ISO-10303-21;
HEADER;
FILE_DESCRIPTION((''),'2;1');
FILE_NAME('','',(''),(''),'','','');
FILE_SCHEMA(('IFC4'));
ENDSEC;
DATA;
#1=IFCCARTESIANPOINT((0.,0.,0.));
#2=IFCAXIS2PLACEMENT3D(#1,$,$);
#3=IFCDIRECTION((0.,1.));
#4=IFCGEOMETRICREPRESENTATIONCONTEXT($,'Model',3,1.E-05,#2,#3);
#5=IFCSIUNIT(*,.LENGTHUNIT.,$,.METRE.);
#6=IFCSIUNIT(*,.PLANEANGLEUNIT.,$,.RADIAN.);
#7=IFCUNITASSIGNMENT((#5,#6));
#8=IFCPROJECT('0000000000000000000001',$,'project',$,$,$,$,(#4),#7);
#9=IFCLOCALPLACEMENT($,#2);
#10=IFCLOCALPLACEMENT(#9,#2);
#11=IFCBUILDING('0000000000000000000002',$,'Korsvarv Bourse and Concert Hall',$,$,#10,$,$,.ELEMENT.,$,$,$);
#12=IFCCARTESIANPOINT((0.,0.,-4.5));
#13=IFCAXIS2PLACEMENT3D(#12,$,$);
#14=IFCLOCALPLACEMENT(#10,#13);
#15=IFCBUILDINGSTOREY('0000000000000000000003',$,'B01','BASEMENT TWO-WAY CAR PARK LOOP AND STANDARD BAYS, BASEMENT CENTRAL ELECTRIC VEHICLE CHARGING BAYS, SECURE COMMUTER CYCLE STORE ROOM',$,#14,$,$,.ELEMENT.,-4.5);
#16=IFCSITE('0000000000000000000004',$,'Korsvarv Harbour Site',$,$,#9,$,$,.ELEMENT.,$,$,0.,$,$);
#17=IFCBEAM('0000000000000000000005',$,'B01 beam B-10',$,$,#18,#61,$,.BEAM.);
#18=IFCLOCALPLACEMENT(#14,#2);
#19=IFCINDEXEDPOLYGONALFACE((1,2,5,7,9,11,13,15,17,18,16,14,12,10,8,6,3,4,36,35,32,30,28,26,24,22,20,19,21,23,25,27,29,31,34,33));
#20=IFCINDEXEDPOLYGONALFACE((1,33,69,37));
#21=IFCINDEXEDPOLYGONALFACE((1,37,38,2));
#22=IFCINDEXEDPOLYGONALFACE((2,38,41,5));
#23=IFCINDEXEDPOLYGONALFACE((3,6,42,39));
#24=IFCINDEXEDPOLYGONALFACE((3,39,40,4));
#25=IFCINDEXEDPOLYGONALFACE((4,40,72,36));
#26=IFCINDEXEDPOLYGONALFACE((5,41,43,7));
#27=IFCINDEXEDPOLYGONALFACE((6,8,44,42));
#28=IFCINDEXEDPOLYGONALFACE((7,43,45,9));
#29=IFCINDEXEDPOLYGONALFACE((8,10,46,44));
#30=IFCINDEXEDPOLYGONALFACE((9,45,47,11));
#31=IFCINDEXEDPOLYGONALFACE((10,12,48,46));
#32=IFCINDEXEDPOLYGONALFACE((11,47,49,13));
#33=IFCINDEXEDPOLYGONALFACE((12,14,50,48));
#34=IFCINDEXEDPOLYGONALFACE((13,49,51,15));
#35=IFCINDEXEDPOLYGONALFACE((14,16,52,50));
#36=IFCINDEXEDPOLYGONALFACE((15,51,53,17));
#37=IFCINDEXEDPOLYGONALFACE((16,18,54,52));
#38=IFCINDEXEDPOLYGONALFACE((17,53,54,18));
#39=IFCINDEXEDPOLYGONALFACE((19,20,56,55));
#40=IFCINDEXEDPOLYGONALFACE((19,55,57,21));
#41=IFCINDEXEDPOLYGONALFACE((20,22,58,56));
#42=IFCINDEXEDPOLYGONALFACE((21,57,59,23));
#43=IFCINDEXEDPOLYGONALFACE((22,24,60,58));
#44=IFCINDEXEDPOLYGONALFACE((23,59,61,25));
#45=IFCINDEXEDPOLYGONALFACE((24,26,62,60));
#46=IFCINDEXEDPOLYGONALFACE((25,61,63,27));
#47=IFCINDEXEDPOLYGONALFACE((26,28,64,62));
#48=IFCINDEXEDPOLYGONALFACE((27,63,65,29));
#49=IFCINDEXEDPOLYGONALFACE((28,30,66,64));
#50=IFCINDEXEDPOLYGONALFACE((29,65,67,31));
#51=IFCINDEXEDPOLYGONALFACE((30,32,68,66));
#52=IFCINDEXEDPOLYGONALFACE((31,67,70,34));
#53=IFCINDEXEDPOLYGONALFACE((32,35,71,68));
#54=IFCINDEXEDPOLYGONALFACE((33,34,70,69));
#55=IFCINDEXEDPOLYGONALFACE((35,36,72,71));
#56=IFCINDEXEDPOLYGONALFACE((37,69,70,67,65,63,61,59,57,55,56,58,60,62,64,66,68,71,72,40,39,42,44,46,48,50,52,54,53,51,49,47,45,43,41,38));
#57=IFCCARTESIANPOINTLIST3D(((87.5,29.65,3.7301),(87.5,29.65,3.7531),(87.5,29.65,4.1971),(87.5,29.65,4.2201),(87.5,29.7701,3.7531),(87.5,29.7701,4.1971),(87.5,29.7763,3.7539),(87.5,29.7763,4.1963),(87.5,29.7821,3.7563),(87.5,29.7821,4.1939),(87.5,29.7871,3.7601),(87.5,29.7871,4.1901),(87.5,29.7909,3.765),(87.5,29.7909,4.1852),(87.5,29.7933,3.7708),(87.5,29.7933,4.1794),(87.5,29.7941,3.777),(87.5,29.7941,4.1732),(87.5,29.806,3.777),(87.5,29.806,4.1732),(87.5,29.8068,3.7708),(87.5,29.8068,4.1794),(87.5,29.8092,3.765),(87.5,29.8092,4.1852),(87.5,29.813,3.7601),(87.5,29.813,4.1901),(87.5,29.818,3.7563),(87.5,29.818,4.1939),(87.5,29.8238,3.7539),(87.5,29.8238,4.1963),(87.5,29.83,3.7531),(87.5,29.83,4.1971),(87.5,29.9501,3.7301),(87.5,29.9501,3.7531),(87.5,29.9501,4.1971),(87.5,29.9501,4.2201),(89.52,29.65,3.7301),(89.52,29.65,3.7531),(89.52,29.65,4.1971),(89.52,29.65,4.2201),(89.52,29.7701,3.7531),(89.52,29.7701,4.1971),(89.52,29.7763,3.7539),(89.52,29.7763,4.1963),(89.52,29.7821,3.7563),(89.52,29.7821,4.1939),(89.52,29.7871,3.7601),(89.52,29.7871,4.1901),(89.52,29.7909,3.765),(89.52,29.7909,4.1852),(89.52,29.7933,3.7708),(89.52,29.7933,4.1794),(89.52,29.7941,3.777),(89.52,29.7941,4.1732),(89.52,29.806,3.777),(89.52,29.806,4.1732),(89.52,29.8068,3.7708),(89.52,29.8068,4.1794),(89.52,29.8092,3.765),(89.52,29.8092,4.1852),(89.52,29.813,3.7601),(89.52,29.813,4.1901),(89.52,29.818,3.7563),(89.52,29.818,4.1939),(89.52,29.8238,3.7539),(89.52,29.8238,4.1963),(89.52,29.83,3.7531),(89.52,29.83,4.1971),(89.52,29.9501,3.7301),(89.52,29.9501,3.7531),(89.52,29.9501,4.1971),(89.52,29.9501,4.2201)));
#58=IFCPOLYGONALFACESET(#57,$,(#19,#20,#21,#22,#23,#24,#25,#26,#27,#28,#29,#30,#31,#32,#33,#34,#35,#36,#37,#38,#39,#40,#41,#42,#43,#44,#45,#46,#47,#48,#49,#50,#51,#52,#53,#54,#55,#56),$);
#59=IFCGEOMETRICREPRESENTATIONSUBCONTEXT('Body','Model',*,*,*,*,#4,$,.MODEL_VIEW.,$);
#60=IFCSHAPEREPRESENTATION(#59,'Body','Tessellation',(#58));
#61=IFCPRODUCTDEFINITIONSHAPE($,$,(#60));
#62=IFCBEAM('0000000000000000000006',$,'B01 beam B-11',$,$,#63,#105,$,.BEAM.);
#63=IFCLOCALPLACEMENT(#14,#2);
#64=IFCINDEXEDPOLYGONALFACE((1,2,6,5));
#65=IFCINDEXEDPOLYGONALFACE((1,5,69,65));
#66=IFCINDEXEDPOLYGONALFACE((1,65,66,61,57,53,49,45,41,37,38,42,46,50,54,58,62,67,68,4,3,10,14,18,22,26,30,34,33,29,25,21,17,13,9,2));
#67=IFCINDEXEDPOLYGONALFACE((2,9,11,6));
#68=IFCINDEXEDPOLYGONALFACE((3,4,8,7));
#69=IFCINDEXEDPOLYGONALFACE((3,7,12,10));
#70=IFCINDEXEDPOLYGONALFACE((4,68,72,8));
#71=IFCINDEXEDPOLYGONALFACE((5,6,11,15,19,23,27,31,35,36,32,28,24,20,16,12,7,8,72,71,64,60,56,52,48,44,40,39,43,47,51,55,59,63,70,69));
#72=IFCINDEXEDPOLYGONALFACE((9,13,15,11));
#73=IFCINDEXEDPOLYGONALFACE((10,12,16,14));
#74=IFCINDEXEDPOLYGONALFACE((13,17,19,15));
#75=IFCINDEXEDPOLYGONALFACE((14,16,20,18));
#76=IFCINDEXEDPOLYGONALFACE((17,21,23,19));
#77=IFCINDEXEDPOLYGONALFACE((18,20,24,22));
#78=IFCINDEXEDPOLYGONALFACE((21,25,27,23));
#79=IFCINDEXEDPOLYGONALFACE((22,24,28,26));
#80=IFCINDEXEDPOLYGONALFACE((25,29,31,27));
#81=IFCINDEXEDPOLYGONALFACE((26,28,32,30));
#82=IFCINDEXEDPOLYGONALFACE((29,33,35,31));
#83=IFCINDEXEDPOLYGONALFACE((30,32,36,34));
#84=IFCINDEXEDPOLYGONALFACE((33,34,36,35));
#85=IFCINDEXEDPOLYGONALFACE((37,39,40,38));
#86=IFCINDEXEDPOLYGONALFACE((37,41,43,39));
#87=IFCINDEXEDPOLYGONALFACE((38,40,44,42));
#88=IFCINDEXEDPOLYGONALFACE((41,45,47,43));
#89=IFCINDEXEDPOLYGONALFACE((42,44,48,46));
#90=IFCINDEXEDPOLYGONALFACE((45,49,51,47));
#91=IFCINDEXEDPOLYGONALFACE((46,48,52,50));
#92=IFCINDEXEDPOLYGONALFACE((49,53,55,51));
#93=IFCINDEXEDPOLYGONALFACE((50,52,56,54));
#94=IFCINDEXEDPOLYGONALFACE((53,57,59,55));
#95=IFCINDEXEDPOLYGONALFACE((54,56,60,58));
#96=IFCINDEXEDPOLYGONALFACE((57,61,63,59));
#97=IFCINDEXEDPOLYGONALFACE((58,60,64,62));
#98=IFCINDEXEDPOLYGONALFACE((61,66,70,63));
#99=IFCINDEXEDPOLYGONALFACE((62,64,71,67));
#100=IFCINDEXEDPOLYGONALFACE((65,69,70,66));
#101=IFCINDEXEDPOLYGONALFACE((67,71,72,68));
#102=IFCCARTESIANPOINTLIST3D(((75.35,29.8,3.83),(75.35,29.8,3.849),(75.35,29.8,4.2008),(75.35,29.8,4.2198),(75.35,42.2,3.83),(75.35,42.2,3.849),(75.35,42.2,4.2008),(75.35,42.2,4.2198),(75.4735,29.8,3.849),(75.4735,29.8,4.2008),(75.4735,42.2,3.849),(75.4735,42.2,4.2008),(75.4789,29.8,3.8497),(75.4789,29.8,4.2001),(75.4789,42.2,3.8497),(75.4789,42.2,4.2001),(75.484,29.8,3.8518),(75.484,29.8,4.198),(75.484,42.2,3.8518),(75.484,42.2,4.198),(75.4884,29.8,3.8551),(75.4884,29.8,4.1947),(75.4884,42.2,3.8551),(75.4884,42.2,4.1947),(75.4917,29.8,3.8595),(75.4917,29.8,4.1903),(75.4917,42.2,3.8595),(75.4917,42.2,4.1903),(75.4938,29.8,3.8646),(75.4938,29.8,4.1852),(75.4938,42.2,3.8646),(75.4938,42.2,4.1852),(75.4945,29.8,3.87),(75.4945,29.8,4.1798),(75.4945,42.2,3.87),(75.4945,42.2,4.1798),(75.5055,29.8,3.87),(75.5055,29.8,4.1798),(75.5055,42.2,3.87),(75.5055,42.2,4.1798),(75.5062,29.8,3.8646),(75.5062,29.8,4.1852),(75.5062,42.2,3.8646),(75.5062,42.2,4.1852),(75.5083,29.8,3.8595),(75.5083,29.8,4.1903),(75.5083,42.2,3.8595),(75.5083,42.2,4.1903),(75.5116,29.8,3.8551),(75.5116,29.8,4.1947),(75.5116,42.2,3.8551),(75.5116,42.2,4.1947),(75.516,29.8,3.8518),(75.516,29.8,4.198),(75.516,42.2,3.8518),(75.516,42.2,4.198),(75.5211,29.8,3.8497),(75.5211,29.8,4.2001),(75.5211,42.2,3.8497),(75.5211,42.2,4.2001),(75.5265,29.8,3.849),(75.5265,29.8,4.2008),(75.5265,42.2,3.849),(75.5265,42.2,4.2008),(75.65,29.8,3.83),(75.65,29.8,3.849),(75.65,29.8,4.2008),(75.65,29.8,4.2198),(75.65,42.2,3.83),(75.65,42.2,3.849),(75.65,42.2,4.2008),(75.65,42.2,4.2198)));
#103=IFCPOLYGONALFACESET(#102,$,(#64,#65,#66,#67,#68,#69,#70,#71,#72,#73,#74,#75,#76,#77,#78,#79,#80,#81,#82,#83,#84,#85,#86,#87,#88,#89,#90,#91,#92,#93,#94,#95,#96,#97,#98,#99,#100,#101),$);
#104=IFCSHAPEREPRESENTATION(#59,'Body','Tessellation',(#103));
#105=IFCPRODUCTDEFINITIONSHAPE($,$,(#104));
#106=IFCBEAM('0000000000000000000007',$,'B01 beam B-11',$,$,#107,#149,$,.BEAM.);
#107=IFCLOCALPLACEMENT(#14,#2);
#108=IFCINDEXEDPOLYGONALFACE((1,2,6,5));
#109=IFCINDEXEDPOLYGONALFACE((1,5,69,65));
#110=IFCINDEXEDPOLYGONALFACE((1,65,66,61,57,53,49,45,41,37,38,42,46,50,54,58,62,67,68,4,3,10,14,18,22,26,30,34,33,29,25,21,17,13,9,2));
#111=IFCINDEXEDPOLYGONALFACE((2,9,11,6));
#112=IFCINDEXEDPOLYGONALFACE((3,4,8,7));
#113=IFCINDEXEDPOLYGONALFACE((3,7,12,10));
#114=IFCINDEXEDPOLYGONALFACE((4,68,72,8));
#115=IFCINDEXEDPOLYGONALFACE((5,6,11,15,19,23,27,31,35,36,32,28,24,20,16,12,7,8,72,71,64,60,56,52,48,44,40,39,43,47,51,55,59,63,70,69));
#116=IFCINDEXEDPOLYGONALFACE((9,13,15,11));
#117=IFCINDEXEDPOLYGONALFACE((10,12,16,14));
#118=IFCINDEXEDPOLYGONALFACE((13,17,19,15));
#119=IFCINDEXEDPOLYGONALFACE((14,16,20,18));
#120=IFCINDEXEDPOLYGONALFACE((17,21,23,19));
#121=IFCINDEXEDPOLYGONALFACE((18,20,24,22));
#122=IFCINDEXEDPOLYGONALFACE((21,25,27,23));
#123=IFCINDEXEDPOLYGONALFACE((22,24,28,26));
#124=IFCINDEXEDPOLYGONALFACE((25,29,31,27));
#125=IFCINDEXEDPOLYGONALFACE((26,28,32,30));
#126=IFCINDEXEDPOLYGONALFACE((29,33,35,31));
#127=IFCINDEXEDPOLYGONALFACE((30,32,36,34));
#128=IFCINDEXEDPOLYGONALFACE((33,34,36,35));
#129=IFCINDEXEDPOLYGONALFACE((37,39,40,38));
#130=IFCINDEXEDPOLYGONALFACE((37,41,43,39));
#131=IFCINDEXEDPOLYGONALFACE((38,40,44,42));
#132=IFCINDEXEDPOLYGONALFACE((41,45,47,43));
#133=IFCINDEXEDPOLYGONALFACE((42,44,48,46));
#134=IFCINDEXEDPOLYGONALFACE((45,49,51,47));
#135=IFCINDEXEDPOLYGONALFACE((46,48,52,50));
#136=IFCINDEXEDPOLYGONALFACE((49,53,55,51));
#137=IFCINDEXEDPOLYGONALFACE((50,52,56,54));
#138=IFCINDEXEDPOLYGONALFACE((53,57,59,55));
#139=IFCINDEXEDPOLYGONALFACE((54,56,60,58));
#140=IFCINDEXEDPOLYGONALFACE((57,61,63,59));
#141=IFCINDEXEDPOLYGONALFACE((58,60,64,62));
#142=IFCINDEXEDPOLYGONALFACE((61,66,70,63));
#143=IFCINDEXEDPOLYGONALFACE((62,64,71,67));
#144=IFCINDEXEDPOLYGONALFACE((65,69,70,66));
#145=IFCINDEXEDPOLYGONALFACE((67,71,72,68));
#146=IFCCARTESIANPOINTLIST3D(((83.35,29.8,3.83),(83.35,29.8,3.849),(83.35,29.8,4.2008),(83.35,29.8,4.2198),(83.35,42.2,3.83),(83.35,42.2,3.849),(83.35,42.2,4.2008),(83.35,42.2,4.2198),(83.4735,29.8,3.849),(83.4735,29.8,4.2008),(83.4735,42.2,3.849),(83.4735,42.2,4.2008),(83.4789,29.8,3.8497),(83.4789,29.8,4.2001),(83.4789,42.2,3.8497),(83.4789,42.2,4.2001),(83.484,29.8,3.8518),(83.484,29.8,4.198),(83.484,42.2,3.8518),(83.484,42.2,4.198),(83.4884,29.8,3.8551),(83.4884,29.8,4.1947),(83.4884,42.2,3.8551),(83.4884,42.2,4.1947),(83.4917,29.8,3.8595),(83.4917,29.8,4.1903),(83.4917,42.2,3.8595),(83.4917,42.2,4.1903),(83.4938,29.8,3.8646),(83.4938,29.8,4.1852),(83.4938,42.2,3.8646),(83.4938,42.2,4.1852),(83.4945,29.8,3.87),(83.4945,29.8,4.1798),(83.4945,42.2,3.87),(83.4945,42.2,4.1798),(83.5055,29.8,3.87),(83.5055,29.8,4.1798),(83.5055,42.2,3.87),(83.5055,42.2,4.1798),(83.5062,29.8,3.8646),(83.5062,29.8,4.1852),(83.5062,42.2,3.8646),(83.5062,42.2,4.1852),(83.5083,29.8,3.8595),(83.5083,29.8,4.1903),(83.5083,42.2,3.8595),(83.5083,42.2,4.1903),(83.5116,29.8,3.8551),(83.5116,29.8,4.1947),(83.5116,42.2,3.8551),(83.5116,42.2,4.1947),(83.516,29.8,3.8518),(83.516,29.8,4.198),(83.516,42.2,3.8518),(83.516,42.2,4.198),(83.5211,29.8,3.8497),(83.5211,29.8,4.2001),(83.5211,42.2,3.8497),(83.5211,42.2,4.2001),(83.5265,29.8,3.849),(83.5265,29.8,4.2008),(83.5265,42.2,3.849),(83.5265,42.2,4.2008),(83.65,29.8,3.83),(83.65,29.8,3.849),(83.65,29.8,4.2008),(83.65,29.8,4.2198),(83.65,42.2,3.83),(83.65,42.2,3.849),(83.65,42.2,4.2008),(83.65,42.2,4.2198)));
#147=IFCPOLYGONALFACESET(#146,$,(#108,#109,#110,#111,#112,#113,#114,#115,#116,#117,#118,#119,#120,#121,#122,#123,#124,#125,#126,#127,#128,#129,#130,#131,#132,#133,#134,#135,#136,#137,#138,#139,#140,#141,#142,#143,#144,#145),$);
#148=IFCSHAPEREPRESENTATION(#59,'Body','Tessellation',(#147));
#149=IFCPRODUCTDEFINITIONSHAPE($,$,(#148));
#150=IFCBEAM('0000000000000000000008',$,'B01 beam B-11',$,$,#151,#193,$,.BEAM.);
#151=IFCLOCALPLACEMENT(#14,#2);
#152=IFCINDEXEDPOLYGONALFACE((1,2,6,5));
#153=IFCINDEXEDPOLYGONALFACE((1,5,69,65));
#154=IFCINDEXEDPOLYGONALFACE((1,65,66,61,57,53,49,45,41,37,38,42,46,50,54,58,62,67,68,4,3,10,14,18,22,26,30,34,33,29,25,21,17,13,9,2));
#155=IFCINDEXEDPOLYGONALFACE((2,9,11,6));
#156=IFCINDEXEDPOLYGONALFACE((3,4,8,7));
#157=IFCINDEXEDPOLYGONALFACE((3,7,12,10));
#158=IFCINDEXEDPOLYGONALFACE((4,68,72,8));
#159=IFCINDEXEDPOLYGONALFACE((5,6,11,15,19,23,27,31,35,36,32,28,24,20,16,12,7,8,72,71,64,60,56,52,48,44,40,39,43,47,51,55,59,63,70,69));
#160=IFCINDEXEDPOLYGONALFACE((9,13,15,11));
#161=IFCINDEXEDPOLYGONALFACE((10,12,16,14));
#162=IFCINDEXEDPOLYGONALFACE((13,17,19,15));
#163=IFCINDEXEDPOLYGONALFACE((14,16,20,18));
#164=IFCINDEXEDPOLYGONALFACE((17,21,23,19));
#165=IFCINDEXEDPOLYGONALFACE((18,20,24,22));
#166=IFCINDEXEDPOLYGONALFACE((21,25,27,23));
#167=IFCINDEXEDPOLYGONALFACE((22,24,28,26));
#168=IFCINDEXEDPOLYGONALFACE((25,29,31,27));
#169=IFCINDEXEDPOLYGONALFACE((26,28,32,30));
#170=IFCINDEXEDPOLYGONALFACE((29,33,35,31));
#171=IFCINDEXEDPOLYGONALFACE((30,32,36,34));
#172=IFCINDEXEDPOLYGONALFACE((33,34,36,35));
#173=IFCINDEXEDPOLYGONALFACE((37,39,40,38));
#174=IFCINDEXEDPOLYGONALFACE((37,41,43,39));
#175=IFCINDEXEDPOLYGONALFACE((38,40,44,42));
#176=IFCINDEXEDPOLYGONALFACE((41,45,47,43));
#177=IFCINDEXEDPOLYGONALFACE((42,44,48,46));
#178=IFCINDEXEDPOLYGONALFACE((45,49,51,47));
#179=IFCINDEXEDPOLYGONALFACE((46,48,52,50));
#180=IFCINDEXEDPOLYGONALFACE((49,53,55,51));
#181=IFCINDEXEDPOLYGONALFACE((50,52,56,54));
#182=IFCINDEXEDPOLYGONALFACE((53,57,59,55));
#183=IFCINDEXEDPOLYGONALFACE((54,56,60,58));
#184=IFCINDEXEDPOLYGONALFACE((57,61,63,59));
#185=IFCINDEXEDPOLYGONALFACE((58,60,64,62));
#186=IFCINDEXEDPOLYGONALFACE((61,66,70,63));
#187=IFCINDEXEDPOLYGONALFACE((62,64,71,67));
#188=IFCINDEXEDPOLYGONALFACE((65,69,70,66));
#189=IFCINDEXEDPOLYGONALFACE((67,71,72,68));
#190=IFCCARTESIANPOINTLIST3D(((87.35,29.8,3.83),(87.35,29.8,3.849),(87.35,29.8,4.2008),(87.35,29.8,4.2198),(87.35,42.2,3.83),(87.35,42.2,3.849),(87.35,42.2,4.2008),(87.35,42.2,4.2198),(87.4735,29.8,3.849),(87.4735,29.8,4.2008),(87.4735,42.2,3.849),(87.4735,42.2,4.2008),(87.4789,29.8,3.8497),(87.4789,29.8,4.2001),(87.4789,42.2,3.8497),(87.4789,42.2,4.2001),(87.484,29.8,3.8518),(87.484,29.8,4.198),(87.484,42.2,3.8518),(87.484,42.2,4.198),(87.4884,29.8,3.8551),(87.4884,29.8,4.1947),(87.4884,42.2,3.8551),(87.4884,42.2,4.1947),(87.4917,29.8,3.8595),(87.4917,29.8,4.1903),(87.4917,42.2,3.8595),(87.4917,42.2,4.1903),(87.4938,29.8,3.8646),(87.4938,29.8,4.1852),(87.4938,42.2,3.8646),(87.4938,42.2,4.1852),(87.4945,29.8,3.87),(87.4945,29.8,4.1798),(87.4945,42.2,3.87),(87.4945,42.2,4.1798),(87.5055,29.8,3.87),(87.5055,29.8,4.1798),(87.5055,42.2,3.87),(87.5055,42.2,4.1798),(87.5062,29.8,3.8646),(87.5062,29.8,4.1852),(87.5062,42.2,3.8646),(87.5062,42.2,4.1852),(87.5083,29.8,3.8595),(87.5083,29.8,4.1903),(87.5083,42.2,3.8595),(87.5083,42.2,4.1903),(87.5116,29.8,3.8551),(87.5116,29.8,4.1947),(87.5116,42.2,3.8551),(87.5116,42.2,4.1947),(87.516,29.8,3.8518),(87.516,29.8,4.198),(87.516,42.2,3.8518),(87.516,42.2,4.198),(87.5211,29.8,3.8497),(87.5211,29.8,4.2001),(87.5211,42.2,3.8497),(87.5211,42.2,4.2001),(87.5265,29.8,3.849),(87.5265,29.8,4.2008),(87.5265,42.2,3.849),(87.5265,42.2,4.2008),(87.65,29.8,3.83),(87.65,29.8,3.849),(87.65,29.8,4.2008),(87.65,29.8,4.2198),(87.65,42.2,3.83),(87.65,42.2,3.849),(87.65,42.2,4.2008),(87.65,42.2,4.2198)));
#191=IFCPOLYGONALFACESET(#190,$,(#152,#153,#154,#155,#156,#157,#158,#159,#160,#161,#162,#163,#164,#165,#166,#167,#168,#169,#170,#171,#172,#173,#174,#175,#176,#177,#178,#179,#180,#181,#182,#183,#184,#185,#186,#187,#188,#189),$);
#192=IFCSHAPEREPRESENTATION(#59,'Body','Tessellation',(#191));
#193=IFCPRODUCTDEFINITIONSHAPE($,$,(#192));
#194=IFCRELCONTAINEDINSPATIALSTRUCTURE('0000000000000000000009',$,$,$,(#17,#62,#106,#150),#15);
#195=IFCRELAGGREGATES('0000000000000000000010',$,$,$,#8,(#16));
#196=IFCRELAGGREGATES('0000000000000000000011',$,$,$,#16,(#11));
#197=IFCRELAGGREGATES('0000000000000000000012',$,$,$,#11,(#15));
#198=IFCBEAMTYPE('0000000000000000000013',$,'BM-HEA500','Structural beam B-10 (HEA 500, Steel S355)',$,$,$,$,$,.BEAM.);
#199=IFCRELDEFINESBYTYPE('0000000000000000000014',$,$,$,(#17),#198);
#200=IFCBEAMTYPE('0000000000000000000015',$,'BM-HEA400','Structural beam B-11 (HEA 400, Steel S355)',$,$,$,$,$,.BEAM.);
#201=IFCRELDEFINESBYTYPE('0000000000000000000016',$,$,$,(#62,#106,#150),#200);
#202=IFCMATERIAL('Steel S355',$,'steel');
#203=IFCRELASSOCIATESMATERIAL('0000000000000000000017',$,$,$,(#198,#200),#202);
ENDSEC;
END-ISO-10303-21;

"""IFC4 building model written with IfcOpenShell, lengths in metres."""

from ifc_helpers import new_model, si_unit, direction, frame, origin, origin_2d, place, context, subcontext, project, spatial, i_section, extrude, source, transform, mapped, material, material_profile, profile_set, type_object, element, save


model = new_model("IFC4")

# Units and contexts
model_context = context("Model", 3, precision=1e-05, world=origin(), true_north=direction((0.0, 1.0)))
body_context = subcontext(model_context, "Body", "Model", "MODEL_VIEW")
ifc_project = project(units=[si_unit("LENGTHUNIT", "METRE"), si_unit("PLANEANGLEUNIT", "RADIAN")], contexts=[model_context])

# Site, building, storey
site_placement = place(None, origin())
site = spatial("IfcSite", under=ifc_project, at=site_placement, Name="Korsvarv Harbour Site", CompositionType="ELEMENT", RefElevation=0.0)
building_placement = place(site_placement, origin())
building = spatial("IfcBuilding", under=site, at=building_placement, Name="Korsvarv Bourse and Concert Hall", CompositionType="ELEMENT")
storey_placement = place(building_placement, frame((0.0, 0.0, -4.5)))
storey = spatial("IfcBuildingStorey", under=building, at=storey_placement, Name="B01", Description="BASEMENT TWO-WAY CAR PARK LOOP AND STANDARD BAYS, BASEMENT CENTRAL ELECTRIC VEHICLE CHARGING BAYS, SECURE COMMUTER CYCLE STORE ROOM", CompositionType="ELEMENT", Elevation=-4.5)

# Beams
ifc_material_1 = material(Name="Steel S355", Category="steel")
ifc_material_profile_1 = material_profile(ifc_material_1, i_section(OverallWidth=0.3, OverallDepth=0.49, WebThickness=0.012, FlangeThickness=0.0229, FilletRadius=0.0239, at=origin_2d()), Name="HEA 500")
ifc_profile_set_1 = profile_set([ifc_material_profile_1], Name="Steel S355")
beam_type_1 = type_object("IfcBeamType", Name="BM-HEA500", Description="Structural beam B-10 (HEA 500, Steel S355)", PredefinedType="BEAM", material=ifc_profile_set_1)
shared_shape_1 = source(origin(), body_context, "Body", "SweptSolid", [
    extrude(i_section(OverallWidth=0.3, OverallDepth=0.49, WebThickness=0.012, FlangeThickness=0.0229, FilletRadius=0.0239, at=origin_2d()), origin(), (0.0, 0.0, 1.0), 2.02),
])
beam_1_placement = place(storey_placement, frame((87.5, 29.8, 3.9751), z_axis=(1.0, 0.0, 0.0), x_axis=(0.0, 1.0, 0.0)))
element("IfcBeam", 1, at=beam_1_placement, inside=storey, type_object=beam_type_1, Name="B01 beam B-10", PredefinedType="BEAM", context=body_context, shape_type="MappedRepresentation", body=[
    mapped(shared_shape_1, transform((0.0, 0.0, 0.0), scale=1.0)),
])
ifc_material_profile_2 = material_profile(ifc_material_1, i_section(OverallWidth=0.3, OverallDepth=0.3899, WebThickness=0.011, FlangeThickness=0.019, FilletRadius=0.021, at=origin_2d()), Name="HEA 400")
ifc_profile_set_2 = profile_set([ifc_material_profile_2], Name="Steel S355")
beam_type_2 = type_object("IfcBeamType", Name="BM-HEA400", Description="Structural beam B-11 (HEA 400, Steel S355)", PredefinedType="BEAM", material=ifc_profile_set_2)
shared_shape_2 = source(origin(), body_context, "Body", "SweptSolid", [
    extrude(i_section(OverallWidth=0.3, OverallDepth=0.3899, WebThickness=0.011, FlangeThickness=0.019, FilletRadius=0.021, at=origin_2d()), origin(), (0.0, 0.0, 1.0), 12.3999),
])
for number, where, z_axis, x_axis, name in (
    (2, (75.5, 29.8, 4.0249), (0.0, 1.0, 0.0), (-1.0, 0.0, 0.0), "B01 beam B-11"),
    (3, (83.5, 29.8, 4.0249), (0.0, 1.0, 0.0), (-1.0, 0.0, 0.0), "B01 beam B-11"),
    (4, (87.5, 29.8, 4.0249), (0.0, 1.0, 0.0), (-1.0, 0.0, 0.0), "B01 beam B-11"),
):
    element("IfcBeam", number, at=place(storey_placement, frame(where, z_axis=z_axis, x_axis=x_axis)), inside=storey, type_object=beam_type_2, Name=name, PredefinedType="BEAM", context=body_context, shape_type="MappedRepresentation", body=[
        mapped(shared_shape_2, transform((0.0, 0.0, 0.0), scale=1.0)),
    ])

save(model, "model.ifc")
